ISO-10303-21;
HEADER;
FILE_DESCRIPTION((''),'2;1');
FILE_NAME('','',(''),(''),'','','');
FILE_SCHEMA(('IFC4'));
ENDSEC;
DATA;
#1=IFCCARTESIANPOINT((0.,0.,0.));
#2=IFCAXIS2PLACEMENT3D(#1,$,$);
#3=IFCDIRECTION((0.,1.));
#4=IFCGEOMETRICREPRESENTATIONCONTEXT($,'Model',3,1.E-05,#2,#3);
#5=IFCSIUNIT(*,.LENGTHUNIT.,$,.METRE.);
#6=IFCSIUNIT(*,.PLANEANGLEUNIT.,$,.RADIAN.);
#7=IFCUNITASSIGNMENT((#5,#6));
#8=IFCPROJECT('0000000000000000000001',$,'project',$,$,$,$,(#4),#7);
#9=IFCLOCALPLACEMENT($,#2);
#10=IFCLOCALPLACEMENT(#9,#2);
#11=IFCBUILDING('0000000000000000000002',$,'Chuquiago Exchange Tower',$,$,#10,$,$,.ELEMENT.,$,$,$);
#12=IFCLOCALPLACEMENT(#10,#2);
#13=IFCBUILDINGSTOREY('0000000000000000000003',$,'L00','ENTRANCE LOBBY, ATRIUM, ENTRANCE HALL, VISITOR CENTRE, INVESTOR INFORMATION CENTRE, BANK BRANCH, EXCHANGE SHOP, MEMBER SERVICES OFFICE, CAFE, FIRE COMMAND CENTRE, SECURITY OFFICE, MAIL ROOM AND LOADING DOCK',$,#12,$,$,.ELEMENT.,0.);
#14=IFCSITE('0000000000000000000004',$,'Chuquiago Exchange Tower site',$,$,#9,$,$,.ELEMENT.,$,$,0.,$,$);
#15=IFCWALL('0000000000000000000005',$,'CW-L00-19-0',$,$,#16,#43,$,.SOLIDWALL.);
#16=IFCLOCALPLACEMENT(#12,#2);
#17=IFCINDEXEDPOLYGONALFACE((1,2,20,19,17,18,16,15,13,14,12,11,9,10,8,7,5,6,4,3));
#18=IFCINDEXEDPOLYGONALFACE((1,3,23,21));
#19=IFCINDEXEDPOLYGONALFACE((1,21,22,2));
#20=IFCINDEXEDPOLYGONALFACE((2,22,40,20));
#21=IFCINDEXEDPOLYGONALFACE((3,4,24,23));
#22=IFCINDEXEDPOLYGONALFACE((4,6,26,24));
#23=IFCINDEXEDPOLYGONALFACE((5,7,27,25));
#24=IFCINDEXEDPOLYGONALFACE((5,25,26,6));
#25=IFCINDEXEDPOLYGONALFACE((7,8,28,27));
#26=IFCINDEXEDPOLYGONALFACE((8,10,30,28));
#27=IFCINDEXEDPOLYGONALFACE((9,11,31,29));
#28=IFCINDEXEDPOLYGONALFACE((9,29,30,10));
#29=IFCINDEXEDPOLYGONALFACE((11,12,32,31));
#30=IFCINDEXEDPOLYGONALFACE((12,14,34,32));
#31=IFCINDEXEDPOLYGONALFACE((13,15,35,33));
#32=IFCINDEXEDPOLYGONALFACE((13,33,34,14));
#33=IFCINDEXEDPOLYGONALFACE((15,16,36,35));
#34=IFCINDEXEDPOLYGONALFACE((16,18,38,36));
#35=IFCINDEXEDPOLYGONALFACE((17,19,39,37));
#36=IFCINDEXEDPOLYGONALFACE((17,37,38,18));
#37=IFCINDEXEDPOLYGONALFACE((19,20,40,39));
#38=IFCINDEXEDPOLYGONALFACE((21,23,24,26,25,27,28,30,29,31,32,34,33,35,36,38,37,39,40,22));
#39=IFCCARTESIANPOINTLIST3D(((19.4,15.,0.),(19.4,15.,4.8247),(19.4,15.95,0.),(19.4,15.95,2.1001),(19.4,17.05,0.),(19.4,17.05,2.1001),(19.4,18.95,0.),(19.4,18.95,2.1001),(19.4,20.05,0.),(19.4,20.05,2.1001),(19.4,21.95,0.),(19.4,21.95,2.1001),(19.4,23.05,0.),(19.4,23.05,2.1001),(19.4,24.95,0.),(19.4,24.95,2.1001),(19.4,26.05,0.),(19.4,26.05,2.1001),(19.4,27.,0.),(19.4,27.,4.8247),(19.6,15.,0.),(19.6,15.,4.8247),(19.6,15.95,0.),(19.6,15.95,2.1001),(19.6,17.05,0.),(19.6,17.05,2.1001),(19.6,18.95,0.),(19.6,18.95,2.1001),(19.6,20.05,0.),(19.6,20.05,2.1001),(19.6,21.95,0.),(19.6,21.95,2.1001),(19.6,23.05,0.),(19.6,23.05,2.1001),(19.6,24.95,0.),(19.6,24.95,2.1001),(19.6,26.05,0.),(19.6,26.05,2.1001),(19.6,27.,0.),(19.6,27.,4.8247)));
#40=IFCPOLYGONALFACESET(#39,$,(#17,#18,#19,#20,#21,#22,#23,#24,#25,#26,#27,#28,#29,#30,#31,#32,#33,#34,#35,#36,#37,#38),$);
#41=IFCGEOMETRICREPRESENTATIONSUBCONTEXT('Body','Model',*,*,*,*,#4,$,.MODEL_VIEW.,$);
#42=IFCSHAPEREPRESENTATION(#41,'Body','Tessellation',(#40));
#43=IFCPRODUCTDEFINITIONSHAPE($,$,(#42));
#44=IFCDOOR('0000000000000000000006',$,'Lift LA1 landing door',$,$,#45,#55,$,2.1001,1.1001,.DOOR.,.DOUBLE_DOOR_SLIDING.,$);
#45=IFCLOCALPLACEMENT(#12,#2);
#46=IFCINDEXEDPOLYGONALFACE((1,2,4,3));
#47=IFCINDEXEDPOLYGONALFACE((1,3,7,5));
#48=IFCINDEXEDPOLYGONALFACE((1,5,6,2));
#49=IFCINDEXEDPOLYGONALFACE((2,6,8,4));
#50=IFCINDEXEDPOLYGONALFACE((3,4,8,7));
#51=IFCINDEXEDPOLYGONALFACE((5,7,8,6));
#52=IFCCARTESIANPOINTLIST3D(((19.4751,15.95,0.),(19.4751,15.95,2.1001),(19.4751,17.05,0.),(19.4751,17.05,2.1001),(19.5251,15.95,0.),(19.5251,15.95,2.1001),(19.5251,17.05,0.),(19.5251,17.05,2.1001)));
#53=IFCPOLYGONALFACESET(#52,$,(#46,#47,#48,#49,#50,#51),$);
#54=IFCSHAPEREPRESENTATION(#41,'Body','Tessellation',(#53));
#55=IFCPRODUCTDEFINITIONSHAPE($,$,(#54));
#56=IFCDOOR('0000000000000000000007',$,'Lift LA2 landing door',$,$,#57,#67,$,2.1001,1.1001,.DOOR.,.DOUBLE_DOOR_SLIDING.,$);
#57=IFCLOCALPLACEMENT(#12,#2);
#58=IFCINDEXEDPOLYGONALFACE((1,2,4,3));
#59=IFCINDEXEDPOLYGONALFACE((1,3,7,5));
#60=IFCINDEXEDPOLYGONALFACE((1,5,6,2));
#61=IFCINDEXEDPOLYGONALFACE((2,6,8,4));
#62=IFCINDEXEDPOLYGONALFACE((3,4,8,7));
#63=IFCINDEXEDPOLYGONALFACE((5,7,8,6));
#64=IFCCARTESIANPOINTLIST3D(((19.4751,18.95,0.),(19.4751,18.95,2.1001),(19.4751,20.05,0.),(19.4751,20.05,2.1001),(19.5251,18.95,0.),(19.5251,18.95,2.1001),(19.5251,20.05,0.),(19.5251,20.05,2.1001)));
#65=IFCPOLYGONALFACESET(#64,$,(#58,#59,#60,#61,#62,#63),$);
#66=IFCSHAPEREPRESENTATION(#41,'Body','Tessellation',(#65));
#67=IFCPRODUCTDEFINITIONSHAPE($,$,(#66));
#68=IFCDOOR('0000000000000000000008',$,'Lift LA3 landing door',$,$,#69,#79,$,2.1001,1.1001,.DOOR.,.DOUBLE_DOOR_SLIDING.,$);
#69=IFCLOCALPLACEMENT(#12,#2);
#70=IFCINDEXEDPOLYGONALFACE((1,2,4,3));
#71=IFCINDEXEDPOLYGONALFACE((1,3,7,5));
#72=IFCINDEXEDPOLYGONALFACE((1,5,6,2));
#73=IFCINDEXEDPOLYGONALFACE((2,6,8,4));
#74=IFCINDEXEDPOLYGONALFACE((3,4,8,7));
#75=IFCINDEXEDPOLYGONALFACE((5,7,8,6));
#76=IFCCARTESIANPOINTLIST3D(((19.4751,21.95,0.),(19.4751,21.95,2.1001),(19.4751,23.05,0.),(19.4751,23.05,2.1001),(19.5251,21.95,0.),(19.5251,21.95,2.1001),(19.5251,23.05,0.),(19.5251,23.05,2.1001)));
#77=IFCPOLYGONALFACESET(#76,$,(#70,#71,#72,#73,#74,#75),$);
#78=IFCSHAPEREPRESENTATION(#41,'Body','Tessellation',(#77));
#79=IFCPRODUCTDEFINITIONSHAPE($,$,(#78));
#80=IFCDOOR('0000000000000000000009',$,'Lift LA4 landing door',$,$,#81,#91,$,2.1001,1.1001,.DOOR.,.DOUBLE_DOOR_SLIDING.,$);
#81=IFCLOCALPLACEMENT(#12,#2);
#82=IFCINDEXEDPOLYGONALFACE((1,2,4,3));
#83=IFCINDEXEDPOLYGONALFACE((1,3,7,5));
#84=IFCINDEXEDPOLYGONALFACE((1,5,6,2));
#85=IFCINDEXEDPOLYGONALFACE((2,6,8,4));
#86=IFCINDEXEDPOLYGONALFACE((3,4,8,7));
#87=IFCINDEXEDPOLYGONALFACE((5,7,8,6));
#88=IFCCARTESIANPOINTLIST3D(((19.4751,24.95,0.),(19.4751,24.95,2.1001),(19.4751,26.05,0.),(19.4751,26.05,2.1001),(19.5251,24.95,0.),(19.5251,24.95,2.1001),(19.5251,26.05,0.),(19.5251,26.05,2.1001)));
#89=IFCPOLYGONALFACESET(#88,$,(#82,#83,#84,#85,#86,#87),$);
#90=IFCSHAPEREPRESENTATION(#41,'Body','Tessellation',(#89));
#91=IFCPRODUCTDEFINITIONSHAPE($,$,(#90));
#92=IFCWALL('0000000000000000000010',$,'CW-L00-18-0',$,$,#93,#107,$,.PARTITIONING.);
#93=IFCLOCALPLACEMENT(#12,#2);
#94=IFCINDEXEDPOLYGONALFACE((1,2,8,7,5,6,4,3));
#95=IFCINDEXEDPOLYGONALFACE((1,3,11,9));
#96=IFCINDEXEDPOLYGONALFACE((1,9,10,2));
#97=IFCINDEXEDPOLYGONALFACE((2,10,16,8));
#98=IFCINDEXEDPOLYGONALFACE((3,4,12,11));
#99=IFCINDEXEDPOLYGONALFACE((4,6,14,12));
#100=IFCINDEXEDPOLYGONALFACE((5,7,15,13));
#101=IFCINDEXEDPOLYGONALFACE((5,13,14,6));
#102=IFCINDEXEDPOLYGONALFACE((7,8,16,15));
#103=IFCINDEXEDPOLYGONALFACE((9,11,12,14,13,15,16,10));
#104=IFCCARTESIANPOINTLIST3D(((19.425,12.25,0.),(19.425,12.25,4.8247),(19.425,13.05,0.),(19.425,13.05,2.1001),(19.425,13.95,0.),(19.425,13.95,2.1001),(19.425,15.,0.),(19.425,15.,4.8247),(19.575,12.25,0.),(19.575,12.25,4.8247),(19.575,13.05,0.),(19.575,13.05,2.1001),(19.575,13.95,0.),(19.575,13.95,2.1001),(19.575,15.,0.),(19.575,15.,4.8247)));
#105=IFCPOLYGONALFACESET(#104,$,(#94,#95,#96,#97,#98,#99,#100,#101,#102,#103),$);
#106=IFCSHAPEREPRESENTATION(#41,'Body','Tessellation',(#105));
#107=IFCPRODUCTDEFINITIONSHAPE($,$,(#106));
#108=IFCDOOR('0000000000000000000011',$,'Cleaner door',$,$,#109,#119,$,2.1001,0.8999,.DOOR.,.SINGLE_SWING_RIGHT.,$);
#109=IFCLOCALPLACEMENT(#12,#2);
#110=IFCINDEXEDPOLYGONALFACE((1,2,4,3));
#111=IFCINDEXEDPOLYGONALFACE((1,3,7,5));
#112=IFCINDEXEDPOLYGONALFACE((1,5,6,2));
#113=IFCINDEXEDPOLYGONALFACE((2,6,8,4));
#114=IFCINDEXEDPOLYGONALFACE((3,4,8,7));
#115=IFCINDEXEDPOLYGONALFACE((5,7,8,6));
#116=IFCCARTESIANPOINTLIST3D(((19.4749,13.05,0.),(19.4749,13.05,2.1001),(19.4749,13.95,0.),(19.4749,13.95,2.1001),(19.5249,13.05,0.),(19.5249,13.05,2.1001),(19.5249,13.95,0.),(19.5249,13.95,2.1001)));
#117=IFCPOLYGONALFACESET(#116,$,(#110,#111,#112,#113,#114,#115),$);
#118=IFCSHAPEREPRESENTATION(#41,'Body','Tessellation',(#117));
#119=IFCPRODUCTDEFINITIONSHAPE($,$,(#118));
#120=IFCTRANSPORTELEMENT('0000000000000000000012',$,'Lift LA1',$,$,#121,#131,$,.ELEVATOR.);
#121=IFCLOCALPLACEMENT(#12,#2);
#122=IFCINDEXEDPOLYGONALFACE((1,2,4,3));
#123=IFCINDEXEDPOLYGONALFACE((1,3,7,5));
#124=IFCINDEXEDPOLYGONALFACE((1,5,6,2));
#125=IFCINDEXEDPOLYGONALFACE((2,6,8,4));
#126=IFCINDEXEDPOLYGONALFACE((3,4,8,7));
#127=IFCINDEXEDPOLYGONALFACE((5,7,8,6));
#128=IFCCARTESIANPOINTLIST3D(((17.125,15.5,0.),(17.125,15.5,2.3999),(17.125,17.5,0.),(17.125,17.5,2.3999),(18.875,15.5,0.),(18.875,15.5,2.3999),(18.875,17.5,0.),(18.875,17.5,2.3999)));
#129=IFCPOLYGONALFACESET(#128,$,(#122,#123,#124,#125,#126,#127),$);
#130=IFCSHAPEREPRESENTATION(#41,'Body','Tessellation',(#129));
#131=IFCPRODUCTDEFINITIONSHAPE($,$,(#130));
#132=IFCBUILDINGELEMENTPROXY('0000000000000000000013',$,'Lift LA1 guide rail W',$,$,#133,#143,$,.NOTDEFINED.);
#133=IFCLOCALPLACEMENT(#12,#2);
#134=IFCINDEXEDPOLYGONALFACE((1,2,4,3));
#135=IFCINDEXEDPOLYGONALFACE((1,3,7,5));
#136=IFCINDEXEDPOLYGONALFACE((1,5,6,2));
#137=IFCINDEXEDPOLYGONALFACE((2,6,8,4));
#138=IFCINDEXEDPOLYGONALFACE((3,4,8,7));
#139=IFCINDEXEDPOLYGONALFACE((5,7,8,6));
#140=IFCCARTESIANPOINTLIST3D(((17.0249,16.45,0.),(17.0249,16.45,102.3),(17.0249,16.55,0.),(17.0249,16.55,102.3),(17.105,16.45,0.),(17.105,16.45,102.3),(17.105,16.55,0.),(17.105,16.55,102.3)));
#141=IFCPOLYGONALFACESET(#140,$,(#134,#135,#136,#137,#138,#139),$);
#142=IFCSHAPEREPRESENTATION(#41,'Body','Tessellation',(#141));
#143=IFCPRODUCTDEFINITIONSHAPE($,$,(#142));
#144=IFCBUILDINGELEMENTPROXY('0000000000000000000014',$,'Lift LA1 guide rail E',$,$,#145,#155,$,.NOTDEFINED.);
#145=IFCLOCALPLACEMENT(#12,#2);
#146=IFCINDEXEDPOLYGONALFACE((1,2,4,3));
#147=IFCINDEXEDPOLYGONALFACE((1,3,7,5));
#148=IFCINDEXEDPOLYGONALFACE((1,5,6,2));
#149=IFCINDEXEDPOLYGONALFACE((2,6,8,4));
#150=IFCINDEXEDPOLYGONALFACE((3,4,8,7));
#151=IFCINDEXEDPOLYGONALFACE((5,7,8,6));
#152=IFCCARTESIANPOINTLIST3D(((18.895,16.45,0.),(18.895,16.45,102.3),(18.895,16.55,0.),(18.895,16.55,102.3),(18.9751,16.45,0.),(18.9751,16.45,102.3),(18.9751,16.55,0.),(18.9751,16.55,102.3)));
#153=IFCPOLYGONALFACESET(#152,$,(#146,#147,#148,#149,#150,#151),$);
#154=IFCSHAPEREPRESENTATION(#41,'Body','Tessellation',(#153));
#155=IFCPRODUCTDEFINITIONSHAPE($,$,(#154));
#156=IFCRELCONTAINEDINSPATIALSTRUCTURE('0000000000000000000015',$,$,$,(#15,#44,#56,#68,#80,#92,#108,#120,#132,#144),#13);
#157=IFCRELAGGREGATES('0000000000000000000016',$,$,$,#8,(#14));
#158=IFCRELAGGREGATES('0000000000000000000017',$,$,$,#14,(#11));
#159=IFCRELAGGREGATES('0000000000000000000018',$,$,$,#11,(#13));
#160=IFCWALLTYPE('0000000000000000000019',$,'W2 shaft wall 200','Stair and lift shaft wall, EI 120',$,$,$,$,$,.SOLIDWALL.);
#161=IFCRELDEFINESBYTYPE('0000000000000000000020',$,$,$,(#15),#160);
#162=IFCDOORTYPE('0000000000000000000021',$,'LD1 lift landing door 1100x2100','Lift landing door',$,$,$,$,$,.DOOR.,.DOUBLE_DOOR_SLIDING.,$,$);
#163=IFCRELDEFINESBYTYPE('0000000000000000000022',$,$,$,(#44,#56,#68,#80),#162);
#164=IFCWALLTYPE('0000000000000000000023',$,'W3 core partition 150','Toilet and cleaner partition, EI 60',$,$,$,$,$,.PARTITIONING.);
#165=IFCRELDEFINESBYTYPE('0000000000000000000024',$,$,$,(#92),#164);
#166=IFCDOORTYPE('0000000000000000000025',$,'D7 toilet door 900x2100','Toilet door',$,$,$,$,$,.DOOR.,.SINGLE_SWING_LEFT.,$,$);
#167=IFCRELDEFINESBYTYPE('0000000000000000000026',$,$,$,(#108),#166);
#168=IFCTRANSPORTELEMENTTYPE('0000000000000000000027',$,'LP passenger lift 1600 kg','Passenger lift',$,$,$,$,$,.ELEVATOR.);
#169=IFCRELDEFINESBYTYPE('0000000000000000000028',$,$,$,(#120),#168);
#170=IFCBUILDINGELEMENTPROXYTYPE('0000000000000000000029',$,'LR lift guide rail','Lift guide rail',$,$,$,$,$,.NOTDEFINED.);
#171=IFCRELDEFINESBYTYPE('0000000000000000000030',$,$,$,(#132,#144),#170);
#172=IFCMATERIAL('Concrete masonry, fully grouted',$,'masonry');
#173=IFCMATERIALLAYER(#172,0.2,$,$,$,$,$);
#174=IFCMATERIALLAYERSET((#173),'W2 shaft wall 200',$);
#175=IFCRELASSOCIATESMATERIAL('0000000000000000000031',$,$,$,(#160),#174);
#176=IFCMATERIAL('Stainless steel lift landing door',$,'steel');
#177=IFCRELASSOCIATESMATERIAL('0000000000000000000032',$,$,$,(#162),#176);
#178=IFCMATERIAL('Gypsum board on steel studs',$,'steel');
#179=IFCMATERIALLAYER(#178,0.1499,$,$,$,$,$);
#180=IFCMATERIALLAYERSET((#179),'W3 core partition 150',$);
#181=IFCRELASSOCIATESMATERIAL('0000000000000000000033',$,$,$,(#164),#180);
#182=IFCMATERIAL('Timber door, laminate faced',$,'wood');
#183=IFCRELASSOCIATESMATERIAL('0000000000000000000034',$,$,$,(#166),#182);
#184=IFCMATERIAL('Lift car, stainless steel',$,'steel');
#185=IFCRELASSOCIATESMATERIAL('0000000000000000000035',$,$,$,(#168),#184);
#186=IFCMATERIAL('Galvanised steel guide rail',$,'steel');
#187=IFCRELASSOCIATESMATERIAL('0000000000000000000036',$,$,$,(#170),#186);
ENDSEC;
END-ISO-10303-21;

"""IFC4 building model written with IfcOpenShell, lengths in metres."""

from ifc_helpers import new_model, si_unit, direction, frame, frame_2d, origin, origin_2d, place, context, subcontext, project, spatial, rectangle, extrude, material, layer, layer_set, type_object, element, fill, save


model = new_model("IFC4")

# Units and contexts
model_context = context("Model", 3, precision=1e-05, world=origin(), true_north=direction((0.0, 1.0)))
body_context = subcontext(model_context, "Body", "Model", "MODEL_VIEW")
ifc_project = project(units=[si_unit("LENGTHUNIT", "METRE"), si_unit("PLANEANGLEUNIT", "RADIAN")], contexts=[model_context])

# Site, building, storey
site_placement = place(None, origin())
site = spatial("IfcSite", under=ifc_project, at=site_placement, Name="Chuquiago Exchange Tower site", CompositionType="ELEMENT", RefElevation=0.0)
building_placement = place(site_placement, origin())
building = spatial("IfcBuilding", under=site, at=building_placement, Name="Chuquiago Exchange Tower", CompositionType="ELEMENT")
storey_placement = place(building_placement, origin())
storey = spatial("IfcBuildingStorey", under=building, at=storey_placement, Name="L00", Description="ENTRANCE LOBBY, ATRIUM, ENTRANCE HALL, VISITOR CENTRE, INVESTOR INFORMATION CENTRE, BANK BRANCH, EXCHANGE SHOP, MEMBER SERVICES OFFICE, CAFE, FIRE COMMAND CENTRE, SECURITY OFFICE, MAIL ROOM AND LOADING DOCK", CompositionType="ELEMENT", Elevation=0.0)

# Shared definitions
ifc_material_1 = material(Name="Concrete masonry, fully grouted", Category="masonry")
ifc_layer_1 = layer(ifc_material_1, 0.2)
ifc_layer_set_1 = layer_set([ifc_layer_1], Name="W2 shaft wall 200")
wall_type_1 = type_object("IfcWallType", Name="W2 shaft wall 200", Description="Stair and lift shaft wall, EI 120", PredefinedType="SOLIDWALL", material=ifc_layer_set_1)

# Wall, openings, doors
wall_1_placement = place(storey_placement, frame((19.5, 15.0, 0.0), z_axis=(0.0, 0.0, 1.0), x_axis=(0.0, 1.0, 0.0)))
wall_1 = element("IfcWall", 1, at=wall_1_placement, inside=storey, type_object=wall_type_1, Name="CW-L00-19-0", PredefinedType="SOLIDWALL", context=body_context, shape_type="SweptSolid", body=[
    extrude(rectangle(XDim=12.0, YDim=0.2, at=frame_2d((6.0, 0.0))), origin(), (0.0, 0.0, 1.0), 4.8247),
])
opening_1_placement = place(wall_1_placement, frame((0.95, 0.0, 0.0)))
opening_1 = element("IfcOpeningElement", 2, at=opening_1_placement, cuts=wall_1, PredefinedType="OPENING", context=body_context, shape_type="SweptSolid", body=[
    extrude(rectangle(XDim=1.1001, YDim=2.1001, at=frame_2d((0.55, 1.05))), frame((0.0, 0.1099, 0.0), z_axis=(0.0, -1.0, 0.0), x_axis=(1.0, 0.0, 0.0)), (0.0, 0.0, 1.0), 0.22),
])
opening_2_placement = place(wall_1_placement, frame((3.95, 0.0, 0.0)))
opening_2 = element("IfcOpeningElement", 3, at=opening_2_placement, cuts=wall_1, PredefinedType="OPENING", context=body_context, shape_type="SweptSolid", body=[
    extrude(rectangle(XDim=1.1001, YDim=2.1001, at=frame_2d((0.55, 1.05))), frame((0.0, 0.1099, 0.0), z_axis=(0.0, -1.0, 0.0), x_axis=(1.0, 0.0, 0.0)), (0.0, 0.0, 1.0), 0.22),
])
opening_3_placement = place(wall_1_placement, frame((6.95, 0.0, 0.0)))
opening_3 = element("IfcOpeningElement", 4, at=opening_3_placement, cuts=wall_1, PredefinedType="OPENING", context=body_context, shape_type="SweptSolid", body=[
    extrude(rectangle(XDim=1.1001, YDim=2.1001, at=frame_2d((0.55, 1.05))), frame((0.0, 0.1099, 0.0), z_axis=(0.0, -1.0, 0.0), x_axis=(1.0, 0.0, 0.0)), (0.0, 0.0, 1.0), 0.22),
])
opening_4_placement = place(wall_1_placement, frame((9.95, 0.0, 0.0)))
opening_4 = element("IfcOpeningElement", 5, at=opening_4_placement, cuts=wall_1, PredefinedType="OPENING", context=body_context, shape_type="SweptSolid", body=[
    extrude(rectangle(XDim=1.1001, YDim=2.1001, at=frame_2d((0.55, 1.05))), frame((0.0, 0.1099, 0.0), z_axis=(0.0, -1.0, 0.0), x_axis=(1.0, 0.0, 0.0)), (0.0, 0.0, 1.0), 0.22),
])
ifc_material_2 = material(Name="Stainless steel lift landing door", Category="steel")
door_type_1 = type_object("IfcDoorType", Name="LD1 lift landing door 1100x2100", Description="Lift landing door", OperationType="DOUBLE_DOOR_SLIDING", PredefinedType="DOOR", material=ifc_material_2)
door_1_placement = place(opening_1_placement, origin())
door_1 = element("IfcDoor", 6, at=door_1_placement, inside=storey, type_object=door_type_1, Name="Lift LA1 landing door", OperationType="DOUBLE_DOOR_SLIDING", OverallHeight=2.1001, OverallWidth=1.1001, PredefinedType="DOOR", context=body_context, shape_type="SweptSolid", body=[
    extrude(rectangle(XDim=1.1001, YDim=2.1001, at=frame_2d((0.55, 1.05))), frame((0.0, 0.0249, 0.0), z_axis=(0.0, -1.0, 0.0), x_axis=(1.0, 0.0, 0.0)), (0.0, 0.0, 1.0), 0.05),
])
fill(opening_1, door_1)
door_2_placement = place(opening_2_placement, origin())
door_2 = element("IfcDoor", 7, at=door_2_placement, inside=storey, type_object=door_type_1, Name="Lift LA2 landing door", OperationType="DOUBLE_DOOR_SLIDING", OverallHeight=2.1001, OverallWidth=1.1001, PredefinedType="DOOR", context=body_context, shape_type="SweptSolid", body=[
    extrude(rectangle(XDim=1.1001, YDim=2.1001, at=frame_2d((0.55, 1.05))), frame((0.0, 0.0249, 0.0), z_axis=(0.0, -1.0, 0.0), x_axis=(1.0, 0.0, 0.0)), (0.0, 0.0, 1.0), 0.05),
])
fill(opening_2, door_2)
door_3_placement = place(opening_3_placement, origin())
door_3 = element("IfcDoor", 8, at=door_3_placement, inside=storey, type_object=door_type_1, Name="Lift LA3 landing door", OperationType="DOUBLE_DOOR_SLIDING", OverallHeight=2.1001, OverallWidth=1.1001, PredefinedType="DOOR", context=body_context, shape_type="SweptSolid", body=[
    extrude(rectangle(XDim=1.1001, YDim=2.1001, at=frame_2d((0.55, 1.05))), frame((0.0, 0.0249, 0.0), z_axis=(0.0, -1.0, 0.0), x_axis=(1.0, 0.0, 0.0)), (0.0, 0.0, 1.0), 0.05),
])
fill(opening_3, door_3)
door_4_placement = place(opening_4_placement, origin())
door_4 = element("IfcDoor", 9, at=door_4_placement, inside=storey, type_object=door_type_1, Name="Lift LA4 landing door", OperationType="DOUBLE_DOOR_SLIDING", OverallHeight=2.1001, OverallWidth=1.1001, PredefinedType="DOOR", context=body_context, shape_type="SweptSolid", body=[
    extrude(rectangle(XDim=1.1001, YDim=2.1001, at=frame_2d((0.55, 1.05))), frame((0.0, 0.0249, 0.0), z_axis=(0.0, -1.0, 0.0), x_axis=(1.0, 0.0, 0.0)), (0.0, 0.0, 1.0), 0.05),
])
fill(opening_4, door_4)

# Wall, opening, door
ifc_material_3 = material(Name="Gypsum board on steel studs", Category="steel")
ifc_layer_2 = layer(ifc_material_3, 0.1499)
ifc_layer_set_2 = layer_set([ifc_layer_2], Name="W3 core partition 150")
wall_type_2 = type_object("IfcWallType", Name="W3 core partition 150", Description="Toilet and cleaner partition, EI 60", PredefinedType="PARTITIONING", material=ifc_layer_set_2)
wall_2_placement = place(storey_placement, frame((19.5, 12.25, 0.0), z_axis=(0.0, 0.0, 1.0), x_axis=(0.0, 1.0, 0.0)))
wall_2 = element("IfcWall", 10, at=wall_2_placement, inside=storey, type_object=wall_type_2, Name="CW-L00-18-0", PredefinedType="PARTITIONING", context=body_context, shape_type="SweptSolid", body=[
    extrude(rectangle(XDim=2.75, YDim=0.1499, at=frame_2d((1.375, 0.0))), origin(), (0.0, 0.0, 1.0), 4.8247),
])
opening_5_placement = place(wall_2_placement, frame((0.8, 0.0, 0.0)))
opening_5 = element("IfcOpeningElement", 11, at=opening_5_placement, cuts=wall_2, PredefinedType="OPENING", context=body_context, shape_type="SweptSolid", body=[
    extrude(rectangle(XDim=0.8999, YDim=2.1001, at=frame_2d((0.45, 1.05))), frame((0.0, 0.085, 0.0), z_axis=(0.0, -1.0, 0.0), x_axis=(1.0, 0.0, 0.0)), (0.0, 0.0, 1.0), 0.1699),
])
ifc_material_4 = material(Name="Timber door, laminate faced", Category="wood")
door_type_2 = type_object("IfcDoorType", Name="D7 toilet door 900x2100", Description="Toilet door", OperationType="SINGLE_SWING_LEFT", PredefinedType="DOOR", material=ifc_material_4)
door_5_placement = place(opening_5_placement, frame((0.8999, 0.0, 0.0), z_axis=(0.0, 0.0, 1.0), x_axis=(-1.0, 0.0, 0.0)))
door_5 = element("IfcDoor", 12, at=door_5_placement, inside=storey, type_object=door_type_2, Name="Cleaner door", OperationType="SINGLE_SWING_RIGHT", OverallHeight=2.1001, OverallWidth=0.8999, PredefinedType="DOOR", context=body_context, shape_type="SweptSolid", body=[
    extrude(rectangle(XDim=0.8999, YDim=2.1001, at=frame_2d((0.45, 1.05))), frame((0.0, 0.0249, 0.0), z_axis=(0.0, -1.0, 0.0), x_axis=(1.0, 0.0, 0.0)), (0.0, 0.0, 1.0), 0.05),
])
fill(opening_5, door_5)

# Transport element
ifc_material_5 = material(Name="Lift car, stainless steel", Category="steel")
transport_element_type = type_object("IfcTransportElementType", Name="LP passenger lift 1600 kg", Description="Passenger lift", PredefinedType="ELEVATOR", material=ifc_material_5)
transport_element_placement = place(storey_placement, frame((18.0, 16.5, 0.0), z_axis=(0.0, 0.0, 1.0), x_axis=(1.0, 0.0, 0.0)))
element("IfcTransportElement", 13, at=transport_element_placement, inside=storey, type_object=transport_element_type, Name="Lift LA1", PredefinedType="ELEVATOR", context=body_context, shape_type="SweptSolid", body=[
    extrude(rectangle(XDim=1.75, YDim=2.0, at=origin_2d()), origin(), (0.0, 0.0, 1.0), 2.3999),
])

# Building element proxies
ifc_material_6 = material(Name="Galvanised steel guide rail", Category="steel")
building_element_proxy_type = type_object("IfcBuildingElementProxyType", Name="LR lift guide rail", Description="Lift guide rail", PredefinedType="NOTDEFINED", material=ifc_material_6)
for number, where, z_axis, x_axis, name in (
    (14, (17.0649, 16.5, 0.0), (0.0, 0.0, 1.0), (1.0, 0.0, 0.0), "Lift LA1 guide rail W"),
    (15, (18.9351, 16.5, 0.0), (0.0, 0.0, 1.0), (1.0, 0.0, 0.0), "Lift LA1 guide rail E"),
):
    element("IfcBuildingElementProxy", number, at=place(storey_placement, frame(where, z_axis=z_axis, x_axis=x_axis)), inside=storey, type_object=building_element_proxy_type, Name=name, PredefinedType="NOTDEFINED", context=body_context, shape_type="SweptSolid", body=[
        extrude(rectangle(XDim=0.0801, YDim=0.1001, at=origin_2d()), origin(), (0.0, 0.0, 1.0), 102.3),
    ])

save(model, "model.ifc")
